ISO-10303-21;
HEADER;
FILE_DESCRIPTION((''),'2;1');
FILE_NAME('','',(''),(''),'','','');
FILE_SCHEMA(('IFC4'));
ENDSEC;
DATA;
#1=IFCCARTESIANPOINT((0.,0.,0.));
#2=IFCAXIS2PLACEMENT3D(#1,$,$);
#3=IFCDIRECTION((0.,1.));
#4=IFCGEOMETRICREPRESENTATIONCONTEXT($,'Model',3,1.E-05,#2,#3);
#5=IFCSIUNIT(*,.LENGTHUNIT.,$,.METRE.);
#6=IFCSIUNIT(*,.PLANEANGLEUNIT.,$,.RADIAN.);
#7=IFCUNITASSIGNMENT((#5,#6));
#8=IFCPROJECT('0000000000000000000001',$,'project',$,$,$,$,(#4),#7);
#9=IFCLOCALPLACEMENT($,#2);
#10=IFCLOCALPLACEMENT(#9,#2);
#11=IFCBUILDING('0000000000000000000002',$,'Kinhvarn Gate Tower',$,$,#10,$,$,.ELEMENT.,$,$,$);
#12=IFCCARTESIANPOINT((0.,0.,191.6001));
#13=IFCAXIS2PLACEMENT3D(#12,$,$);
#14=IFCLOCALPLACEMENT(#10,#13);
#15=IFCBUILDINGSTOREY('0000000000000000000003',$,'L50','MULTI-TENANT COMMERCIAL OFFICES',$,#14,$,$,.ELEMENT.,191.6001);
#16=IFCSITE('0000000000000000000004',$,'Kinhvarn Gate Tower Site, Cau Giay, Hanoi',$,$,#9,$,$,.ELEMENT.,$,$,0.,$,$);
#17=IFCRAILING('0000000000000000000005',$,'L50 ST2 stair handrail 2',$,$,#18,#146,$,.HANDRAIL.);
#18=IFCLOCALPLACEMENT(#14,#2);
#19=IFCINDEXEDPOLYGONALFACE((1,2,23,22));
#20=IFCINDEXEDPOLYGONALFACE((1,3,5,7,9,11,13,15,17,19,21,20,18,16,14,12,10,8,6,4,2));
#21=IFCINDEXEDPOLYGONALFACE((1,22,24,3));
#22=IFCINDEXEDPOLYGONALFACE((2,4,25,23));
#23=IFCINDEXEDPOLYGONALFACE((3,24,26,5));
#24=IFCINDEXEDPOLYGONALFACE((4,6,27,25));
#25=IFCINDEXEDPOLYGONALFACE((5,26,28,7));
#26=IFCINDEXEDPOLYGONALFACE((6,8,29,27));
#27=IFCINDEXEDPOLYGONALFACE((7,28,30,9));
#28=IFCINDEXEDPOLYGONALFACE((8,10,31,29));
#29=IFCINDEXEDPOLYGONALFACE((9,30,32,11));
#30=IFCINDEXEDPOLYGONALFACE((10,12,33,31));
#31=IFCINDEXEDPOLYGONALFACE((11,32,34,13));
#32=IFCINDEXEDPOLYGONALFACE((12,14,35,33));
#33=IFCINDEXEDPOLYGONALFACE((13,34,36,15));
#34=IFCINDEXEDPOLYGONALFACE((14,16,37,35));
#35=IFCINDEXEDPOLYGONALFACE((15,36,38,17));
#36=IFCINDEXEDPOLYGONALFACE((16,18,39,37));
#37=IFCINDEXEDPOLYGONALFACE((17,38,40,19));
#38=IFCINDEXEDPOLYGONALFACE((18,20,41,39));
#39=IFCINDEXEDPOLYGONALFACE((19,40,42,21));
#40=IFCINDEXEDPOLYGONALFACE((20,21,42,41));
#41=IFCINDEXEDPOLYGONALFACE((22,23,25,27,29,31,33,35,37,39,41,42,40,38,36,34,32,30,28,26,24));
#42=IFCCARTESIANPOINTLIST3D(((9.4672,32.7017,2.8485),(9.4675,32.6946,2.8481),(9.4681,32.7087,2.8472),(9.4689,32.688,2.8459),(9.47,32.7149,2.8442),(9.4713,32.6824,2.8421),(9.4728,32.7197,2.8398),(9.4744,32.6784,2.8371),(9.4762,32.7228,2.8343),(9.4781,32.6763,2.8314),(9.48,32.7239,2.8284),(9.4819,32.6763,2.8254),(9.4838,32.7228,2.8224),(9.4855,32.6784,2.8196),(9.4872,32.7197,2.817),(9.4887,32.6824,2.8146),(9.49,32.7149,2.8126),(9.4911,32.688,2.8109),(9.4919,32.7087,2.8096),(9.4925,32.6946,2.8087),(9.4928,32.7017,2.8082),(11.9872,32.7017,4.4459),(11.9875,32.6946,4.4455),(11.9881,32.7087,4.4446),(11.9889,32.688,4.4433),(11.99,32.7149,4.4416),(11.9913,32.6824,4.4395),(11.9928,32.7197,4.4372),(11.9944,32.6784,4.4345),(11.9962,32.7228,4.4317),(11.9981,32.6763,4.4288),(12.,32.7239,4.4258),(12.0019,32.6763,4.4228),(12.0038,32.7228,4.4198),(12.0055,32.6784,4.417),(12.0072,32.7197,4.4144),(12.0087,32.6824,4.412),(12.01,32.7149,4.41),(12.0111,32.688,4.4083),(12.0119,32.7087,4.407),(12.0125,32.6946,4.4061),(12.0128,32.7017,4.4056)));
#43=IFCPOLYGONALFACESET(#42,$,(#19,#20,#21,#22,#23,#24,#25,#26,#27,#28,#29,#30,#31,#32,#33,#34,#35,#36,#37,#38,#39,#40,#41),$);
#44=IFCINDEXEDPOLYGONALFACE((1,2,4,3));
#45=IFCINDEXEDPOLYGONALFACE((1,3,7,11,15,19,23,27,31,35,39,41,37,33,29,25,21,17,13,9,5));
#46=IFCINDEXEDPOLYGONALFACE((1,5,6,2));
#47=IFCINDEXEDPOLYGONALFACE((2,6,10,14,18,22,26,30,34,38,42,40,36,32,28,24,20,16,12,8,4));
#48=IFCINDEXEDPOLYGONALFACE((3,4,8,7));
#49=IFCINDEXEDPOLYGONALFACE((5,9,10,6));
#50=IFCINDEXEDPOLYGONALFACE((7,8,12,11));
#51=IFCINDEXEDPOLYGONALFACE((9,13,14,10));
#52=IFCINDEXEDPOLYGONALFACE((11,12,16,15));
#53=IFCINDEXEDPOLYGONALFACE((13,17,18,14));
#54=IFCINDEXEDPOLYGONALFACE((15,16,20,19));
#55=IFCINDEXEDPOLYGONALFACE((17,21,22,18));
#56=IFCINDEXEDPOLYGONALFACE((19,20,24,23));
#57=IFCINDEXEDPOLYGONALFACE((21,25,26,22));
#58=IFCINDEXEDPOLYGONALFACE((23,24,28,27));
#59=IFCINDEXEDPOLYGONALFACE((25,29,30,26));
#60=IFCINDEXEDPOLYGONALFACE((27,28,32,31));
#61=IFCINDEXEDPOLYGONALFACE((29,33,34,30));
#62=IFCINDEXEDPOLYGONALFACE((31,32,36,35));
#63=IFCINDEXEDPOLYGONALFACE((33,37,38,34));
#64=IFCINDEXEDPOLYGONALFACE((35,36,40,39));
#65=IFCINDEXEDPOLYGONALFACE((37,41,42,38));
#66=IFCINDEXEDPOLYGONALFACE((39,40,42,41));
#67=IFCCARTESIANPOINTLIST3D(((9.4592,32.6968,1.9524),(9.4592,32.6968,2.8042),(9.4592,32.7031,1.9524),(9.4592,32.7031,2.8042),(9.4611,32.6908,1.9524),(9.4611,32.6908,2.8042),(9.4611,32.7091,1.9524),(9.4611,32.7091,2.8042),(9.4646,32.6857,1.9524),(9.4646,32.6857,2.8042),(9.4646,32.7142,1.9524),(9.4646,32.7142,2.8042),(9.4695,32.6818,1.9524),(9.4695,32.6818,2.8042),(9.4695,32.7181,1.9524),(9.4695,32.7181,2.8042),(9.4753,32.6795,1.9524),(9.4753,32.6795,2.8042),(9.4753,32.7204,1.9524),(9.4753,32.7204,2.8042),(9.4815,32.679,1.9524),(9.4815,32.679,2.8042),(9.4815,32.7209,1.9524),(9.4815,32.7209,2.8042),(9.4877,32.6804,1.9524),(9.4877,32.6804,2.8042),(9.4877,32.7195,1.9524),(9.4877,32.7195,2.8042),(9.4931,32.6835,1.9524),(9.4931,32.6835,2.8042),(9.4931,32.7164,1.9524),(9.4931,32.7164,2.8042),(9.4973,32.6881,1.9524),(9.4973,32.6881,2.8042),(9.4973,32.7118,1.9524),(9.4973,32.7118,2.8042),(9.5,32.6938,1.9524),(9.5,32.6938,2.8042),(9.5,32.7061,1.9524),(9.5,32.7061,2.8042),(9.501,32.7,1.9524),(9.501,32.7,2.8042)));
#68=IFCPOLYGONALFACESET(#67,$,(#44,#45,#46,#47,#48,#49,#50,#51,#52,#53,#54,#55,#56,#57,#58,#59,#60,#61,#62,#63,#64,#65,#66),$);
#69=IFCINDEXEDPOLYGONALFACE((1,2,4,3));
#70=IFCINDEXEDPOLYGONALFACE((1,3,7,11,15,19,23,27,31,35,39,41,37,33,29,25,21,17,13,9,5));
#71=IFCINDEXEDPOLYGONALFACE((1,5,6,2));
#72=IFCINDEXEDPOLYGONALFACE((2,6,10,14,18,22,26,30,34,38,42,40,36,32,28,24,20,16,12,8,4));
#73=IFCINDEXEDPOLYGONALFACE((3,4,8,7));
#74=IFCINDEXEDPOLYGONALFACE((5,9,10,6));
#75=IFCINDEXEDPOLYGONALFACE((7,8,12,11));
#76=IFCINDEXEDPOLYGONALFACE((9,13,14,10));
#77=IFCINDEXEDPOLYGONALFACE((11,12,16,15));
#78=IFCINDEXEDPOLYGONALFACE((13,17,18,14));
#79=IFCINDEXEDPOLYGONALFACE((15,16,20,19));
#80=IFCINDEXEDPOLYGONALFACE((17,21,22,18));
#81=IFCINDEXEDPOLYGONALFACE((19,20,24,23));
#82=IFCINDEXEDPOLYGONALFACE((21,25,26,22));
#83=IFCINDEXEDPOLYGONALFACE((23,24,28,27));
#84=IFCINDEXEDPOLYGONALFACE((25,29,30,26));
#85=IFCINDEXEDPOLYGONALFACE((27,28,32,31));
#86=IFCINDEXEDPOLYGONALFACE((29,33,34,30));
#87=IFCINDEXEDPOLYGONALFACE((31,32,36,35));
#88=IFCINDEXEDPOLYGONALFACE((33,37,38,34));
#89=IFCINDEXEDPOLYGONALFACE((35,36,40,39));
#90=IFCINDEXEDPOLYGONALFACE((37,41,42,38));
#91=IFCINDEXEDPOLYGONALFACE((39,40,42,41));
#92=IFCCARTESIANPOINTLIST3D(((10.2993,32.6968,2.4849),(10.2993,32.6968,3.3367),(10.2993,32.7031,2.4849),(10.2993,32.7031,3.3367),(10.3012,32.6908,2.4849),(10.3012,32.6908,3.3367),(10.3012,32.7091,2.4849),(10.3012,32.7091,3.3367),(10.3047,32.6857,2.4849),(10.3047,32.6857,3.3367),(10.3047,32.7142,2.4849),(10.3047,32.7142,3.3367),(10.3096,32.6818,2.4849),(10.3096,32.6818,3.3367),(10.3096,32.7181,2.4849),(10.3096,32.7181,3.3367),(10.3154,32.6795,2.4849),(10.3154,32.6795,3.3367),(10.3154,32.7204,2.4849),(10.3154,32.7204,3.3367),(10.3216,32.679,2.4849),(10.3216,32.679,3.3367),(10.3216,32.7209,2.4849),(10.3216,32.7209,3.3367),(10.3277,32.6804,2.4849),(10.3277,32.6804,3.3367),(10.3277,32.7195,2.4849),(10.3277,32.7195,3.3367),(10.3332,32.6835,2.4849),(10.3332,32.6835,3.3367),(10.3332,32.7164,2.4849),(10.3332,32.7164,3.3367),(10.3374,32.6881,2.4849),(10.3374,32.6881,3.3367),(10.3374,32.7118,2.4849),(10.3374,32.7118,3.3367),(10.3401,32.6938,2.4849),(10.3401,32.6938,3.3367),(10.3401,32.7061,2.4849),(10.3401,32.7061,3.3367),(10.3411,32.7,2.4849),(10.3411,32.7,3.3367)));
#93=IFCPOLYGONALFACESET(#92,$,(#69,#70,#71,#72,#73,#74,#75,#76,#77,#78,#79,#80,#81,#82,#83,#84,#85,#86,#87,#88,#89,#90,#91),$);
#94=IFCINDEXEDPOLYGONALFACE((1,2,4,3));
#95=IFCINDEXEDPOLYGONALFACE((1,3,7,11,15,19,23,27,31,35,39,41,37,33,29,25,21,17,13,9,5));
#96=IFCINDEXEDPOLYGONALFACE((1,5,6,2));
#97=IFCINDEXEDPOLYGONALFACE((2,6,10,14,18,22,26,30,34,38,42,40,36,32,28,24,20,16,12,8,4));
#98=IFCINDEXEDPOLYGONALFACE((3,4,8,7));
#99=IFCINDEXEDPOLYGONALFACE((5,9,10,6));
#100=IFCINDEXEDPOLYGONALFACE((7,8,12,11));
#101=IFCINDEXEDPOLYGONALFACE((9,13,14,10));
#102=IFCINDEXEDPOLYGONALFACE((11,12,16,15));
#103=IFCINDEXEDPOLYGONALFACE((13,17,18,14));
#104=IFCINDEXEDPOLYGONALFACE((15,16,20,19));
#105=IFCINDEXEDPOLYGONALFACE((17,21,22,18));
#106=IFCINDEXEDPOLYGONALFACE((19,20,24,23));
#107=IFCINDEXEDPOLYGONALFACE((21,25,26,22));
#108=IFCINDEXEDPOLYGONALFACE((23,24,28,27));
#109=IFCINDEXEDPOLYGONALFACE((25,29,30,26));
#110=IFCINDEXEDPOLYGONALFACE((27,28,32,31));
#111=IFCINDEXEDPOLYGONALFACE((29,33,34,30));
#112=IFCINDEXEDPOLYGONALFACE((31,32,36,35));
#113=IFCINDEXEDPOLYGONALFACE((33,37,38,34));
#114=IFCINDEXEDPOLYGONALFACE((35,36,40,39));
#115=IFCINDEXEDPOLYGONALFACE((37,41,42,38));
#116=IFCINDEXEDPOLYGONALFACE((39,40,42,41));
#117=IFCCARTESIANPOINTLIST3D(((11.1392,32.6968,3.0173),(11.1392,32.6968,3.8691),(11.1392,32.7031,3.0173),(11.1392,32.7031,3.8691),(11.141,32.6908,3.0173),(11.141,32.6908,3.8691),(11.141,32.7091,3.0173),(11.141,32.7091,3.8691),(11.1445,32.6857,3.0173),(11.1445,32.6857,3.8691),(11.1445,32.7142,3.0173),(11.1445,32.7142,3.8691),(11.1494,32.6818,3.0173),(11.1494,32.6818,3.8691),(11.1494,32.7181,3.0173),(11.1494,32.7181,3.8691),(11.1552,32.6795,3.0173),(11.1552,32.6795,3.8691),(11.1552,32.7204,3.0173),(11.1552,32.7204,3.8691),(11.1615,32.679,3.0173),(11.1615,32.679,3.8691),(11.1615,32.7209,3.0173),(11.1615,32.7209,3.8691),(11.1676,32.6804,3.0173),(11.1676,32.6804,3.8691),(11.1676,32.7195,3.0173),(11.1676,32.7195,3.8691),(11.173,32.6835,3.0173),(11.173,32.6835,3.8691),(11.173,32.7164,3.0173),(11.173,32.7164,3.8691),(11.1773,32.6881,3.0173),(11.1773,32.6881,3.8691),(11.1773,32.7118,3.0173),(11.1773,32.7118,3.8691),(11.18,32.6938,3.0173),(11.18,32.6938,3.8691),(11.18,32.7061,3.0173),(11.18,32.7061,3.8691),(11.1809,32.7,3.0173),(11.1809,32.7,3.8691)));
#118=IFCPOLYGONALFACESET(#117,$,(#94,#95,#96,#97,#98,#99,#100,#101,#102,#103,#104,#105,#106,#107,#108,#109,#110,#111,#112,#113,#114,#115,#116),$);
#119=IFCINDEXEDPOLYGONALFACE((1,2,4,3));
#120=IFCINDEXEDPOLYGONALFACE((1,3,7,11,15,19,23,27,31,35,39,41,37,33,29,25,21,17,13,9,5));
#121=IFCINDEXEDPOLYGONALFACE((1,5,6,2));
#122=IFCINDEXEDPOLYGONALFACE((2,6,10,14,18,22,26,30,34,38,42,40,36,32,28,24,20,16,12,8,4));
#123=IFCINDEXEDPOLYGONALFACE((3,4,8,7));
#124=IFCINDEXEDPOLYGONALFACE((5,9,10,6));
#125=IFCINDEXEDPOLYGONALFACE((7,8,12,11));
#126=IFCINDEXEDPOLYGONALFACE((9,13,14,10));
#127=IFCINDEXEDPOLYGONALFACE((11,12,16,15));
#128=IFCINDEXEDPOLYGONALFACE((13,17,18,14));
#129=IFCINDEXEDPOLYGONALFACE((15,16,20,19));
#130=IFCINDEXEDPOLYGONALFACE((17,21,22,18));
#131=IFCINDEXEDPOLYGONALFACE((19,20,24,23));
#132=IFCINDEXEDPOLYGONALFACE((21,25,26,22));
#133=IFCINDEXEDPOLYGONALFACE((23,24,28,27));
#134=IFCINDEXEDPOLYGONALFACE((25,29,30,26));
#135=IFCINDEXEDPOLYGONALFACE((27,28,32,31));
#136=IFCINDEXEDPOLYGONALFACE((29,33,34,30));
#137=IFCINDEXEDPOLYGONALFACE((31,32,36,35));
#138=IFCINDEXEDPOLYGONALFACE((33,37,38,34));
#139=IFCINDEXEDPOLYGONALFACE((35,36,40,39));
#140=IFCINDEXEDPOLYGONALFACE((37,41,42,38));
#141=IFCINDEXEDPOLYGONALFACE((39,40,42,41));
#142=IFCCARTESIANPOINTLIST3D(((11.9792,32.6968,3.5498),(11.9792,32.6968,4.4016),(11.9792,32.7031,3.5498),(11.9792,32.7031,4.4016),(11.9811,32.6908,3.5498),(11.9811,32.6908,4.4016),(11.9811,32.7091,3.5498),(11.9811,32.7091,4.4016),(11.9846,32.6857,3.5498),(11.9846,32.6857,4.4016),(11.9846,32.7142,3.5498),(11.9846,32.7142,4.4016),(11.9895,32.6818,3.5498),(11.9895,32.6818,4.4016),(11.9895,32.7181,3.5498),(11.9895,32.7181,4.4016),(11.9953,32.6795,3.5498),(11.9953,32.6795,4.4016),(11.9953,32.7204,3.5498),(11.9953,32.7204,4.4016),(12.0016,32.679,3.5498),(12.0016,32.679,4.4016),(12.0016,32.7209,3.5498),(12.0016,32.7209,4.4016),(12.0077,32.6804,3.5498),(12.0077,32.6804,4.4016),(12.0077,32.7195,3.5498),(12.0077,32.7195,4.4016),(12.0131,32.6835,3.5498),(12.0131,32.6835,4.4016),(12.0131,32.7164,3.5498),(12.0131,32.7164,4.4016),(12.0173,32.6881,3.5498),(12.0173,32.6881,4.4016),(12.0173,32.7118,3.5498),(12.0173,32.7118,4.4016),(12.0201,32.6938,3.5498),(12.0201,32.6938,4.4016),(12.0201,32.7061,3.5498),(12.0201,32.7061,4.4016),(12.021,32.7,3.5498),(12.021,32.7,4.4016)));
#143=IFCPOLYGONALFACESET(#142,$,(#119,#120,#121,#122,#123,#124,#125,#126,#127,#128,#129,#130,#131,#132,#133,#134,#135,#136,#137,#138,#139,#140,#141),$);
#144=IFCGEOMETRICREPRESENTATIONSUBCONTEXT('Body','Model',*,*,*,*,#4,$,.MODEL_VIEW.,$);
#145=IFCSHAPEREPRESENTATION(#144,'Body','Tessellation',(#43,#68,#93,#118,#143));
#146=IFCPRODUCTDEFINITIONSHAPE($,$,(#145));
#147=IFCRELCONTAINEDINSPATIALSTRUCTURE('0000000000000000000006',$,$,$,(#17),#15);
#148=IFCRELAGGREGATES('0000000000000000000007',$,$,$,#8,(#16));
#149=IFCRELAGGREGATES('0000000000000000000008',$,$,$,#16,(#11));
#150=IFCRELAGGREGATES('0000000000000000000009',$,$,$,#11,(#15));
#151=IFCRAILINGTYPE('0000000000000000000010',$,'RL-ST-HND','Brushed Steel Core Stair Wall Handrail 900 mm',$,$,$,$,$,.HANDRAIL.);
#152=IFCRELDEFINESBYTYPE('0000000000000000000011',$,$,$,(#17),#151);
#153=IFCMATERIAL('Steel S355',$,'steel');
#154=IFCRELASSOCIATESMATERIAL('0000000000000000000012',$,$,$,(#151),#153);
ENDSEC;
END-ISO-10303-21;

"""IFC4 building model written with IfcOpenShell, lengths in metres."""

from ifc_helpers import new_model, si_unit, direction, frame, origin, origin_2d, place, context, subcontext, project, spatial, circle, extrude, material, type_object, element, save


model = new_model("IFC4")

# Units and contexts
model_context = context("Model", 3, precision=1e-05, world=origin(), true_north=direction((0.0, 1.0)))
body_context = subcontext(model_context, "Body", "Model", "MODEL_VIEW")
ifc_project = project(units=[si_unit("LENGTHUNIT", "METRE"), si_unit("PLANEANGLEUNIT", "RADIAN")], contexts=[model_context])

# Site, building, storey
site_placement = place(None, origin())
site = spatial("IfcSite", under=ifc_project, at=site_placement, Name="Kinhvarn Gate Tower Site, Cau Giay, Hanoi", CompositionType="ELEMENT", RefElevation=0.0)
building_placement = place(site_placement, origin())
building = spatial("IfcBuilding", under=site, at=building_placement, Name="Kinhvarn Gate Tower", CompositionType="ELEMENT")
storey_placement = place(building_placement, frame((0.0, 0.0, 191.6001)))
storey = spatial("IfcBuildingStorey", under=building, at=storey_placement, Name="L50", Description="MULTI-TENANT COMMERCIAL OFFICES", CompositionType="ELEMENT", Elevation=191.6001)

# Railing
ifc_material_1 = material(Name="Steel S355", Category="steel")
railing_type_1 = type_object("IfcRailingType", Name="RL-ST-HND", Description="Brushed Steel Core Stair Wall Handrail 900 mm", PredefinedType="HANDRAIL", material=ifc_material_1)
railing_1_placement = place(storey_placement, frame((9.48, 32.7, 1.9524)))
element("IfcRailing", 1, at=railing_1_placement, inside=storey, type_object=railing_type_1, Name="L50 ST2 stair handrail 2", PredefinedType="HANDRAIL", context=body_context, shape_type="SweptSolid", body=[
    extrude(circle(Radius=0.0239, at=origin_2d()), frame((0.0, 0.0, 0.876), z_axis=(0.844607, 0.0, 0.535387), x_axis=(0.0, 1.0, 0.0)), (0.0, 0.0, 1.0), 2.9836),
    extrude(circle(Radius=0.021, at=origin_2d()), origin(), (0.0, 0.0, 1.0), 0.8518),
    extrude(circle(Radius=0.021, at=origin_2d()), frame((0.8401, 0.0, 0.5325)), (0.0, 0.0, 1.0), 0.8518),
    extrude(circle(Radius=0.021, at=origin_2d()), frame((1.6799, 0.0, 1.0649)), (0.0, 0.0, 1.0), 0.8518),
    extrude(circle(Radius=0.021, at=origin_2d()), frame((2.52, 0.0, 1.5974)), (0.0, 0.0, 1.0), 0.8518),
])

save(model, "model.ifc")
